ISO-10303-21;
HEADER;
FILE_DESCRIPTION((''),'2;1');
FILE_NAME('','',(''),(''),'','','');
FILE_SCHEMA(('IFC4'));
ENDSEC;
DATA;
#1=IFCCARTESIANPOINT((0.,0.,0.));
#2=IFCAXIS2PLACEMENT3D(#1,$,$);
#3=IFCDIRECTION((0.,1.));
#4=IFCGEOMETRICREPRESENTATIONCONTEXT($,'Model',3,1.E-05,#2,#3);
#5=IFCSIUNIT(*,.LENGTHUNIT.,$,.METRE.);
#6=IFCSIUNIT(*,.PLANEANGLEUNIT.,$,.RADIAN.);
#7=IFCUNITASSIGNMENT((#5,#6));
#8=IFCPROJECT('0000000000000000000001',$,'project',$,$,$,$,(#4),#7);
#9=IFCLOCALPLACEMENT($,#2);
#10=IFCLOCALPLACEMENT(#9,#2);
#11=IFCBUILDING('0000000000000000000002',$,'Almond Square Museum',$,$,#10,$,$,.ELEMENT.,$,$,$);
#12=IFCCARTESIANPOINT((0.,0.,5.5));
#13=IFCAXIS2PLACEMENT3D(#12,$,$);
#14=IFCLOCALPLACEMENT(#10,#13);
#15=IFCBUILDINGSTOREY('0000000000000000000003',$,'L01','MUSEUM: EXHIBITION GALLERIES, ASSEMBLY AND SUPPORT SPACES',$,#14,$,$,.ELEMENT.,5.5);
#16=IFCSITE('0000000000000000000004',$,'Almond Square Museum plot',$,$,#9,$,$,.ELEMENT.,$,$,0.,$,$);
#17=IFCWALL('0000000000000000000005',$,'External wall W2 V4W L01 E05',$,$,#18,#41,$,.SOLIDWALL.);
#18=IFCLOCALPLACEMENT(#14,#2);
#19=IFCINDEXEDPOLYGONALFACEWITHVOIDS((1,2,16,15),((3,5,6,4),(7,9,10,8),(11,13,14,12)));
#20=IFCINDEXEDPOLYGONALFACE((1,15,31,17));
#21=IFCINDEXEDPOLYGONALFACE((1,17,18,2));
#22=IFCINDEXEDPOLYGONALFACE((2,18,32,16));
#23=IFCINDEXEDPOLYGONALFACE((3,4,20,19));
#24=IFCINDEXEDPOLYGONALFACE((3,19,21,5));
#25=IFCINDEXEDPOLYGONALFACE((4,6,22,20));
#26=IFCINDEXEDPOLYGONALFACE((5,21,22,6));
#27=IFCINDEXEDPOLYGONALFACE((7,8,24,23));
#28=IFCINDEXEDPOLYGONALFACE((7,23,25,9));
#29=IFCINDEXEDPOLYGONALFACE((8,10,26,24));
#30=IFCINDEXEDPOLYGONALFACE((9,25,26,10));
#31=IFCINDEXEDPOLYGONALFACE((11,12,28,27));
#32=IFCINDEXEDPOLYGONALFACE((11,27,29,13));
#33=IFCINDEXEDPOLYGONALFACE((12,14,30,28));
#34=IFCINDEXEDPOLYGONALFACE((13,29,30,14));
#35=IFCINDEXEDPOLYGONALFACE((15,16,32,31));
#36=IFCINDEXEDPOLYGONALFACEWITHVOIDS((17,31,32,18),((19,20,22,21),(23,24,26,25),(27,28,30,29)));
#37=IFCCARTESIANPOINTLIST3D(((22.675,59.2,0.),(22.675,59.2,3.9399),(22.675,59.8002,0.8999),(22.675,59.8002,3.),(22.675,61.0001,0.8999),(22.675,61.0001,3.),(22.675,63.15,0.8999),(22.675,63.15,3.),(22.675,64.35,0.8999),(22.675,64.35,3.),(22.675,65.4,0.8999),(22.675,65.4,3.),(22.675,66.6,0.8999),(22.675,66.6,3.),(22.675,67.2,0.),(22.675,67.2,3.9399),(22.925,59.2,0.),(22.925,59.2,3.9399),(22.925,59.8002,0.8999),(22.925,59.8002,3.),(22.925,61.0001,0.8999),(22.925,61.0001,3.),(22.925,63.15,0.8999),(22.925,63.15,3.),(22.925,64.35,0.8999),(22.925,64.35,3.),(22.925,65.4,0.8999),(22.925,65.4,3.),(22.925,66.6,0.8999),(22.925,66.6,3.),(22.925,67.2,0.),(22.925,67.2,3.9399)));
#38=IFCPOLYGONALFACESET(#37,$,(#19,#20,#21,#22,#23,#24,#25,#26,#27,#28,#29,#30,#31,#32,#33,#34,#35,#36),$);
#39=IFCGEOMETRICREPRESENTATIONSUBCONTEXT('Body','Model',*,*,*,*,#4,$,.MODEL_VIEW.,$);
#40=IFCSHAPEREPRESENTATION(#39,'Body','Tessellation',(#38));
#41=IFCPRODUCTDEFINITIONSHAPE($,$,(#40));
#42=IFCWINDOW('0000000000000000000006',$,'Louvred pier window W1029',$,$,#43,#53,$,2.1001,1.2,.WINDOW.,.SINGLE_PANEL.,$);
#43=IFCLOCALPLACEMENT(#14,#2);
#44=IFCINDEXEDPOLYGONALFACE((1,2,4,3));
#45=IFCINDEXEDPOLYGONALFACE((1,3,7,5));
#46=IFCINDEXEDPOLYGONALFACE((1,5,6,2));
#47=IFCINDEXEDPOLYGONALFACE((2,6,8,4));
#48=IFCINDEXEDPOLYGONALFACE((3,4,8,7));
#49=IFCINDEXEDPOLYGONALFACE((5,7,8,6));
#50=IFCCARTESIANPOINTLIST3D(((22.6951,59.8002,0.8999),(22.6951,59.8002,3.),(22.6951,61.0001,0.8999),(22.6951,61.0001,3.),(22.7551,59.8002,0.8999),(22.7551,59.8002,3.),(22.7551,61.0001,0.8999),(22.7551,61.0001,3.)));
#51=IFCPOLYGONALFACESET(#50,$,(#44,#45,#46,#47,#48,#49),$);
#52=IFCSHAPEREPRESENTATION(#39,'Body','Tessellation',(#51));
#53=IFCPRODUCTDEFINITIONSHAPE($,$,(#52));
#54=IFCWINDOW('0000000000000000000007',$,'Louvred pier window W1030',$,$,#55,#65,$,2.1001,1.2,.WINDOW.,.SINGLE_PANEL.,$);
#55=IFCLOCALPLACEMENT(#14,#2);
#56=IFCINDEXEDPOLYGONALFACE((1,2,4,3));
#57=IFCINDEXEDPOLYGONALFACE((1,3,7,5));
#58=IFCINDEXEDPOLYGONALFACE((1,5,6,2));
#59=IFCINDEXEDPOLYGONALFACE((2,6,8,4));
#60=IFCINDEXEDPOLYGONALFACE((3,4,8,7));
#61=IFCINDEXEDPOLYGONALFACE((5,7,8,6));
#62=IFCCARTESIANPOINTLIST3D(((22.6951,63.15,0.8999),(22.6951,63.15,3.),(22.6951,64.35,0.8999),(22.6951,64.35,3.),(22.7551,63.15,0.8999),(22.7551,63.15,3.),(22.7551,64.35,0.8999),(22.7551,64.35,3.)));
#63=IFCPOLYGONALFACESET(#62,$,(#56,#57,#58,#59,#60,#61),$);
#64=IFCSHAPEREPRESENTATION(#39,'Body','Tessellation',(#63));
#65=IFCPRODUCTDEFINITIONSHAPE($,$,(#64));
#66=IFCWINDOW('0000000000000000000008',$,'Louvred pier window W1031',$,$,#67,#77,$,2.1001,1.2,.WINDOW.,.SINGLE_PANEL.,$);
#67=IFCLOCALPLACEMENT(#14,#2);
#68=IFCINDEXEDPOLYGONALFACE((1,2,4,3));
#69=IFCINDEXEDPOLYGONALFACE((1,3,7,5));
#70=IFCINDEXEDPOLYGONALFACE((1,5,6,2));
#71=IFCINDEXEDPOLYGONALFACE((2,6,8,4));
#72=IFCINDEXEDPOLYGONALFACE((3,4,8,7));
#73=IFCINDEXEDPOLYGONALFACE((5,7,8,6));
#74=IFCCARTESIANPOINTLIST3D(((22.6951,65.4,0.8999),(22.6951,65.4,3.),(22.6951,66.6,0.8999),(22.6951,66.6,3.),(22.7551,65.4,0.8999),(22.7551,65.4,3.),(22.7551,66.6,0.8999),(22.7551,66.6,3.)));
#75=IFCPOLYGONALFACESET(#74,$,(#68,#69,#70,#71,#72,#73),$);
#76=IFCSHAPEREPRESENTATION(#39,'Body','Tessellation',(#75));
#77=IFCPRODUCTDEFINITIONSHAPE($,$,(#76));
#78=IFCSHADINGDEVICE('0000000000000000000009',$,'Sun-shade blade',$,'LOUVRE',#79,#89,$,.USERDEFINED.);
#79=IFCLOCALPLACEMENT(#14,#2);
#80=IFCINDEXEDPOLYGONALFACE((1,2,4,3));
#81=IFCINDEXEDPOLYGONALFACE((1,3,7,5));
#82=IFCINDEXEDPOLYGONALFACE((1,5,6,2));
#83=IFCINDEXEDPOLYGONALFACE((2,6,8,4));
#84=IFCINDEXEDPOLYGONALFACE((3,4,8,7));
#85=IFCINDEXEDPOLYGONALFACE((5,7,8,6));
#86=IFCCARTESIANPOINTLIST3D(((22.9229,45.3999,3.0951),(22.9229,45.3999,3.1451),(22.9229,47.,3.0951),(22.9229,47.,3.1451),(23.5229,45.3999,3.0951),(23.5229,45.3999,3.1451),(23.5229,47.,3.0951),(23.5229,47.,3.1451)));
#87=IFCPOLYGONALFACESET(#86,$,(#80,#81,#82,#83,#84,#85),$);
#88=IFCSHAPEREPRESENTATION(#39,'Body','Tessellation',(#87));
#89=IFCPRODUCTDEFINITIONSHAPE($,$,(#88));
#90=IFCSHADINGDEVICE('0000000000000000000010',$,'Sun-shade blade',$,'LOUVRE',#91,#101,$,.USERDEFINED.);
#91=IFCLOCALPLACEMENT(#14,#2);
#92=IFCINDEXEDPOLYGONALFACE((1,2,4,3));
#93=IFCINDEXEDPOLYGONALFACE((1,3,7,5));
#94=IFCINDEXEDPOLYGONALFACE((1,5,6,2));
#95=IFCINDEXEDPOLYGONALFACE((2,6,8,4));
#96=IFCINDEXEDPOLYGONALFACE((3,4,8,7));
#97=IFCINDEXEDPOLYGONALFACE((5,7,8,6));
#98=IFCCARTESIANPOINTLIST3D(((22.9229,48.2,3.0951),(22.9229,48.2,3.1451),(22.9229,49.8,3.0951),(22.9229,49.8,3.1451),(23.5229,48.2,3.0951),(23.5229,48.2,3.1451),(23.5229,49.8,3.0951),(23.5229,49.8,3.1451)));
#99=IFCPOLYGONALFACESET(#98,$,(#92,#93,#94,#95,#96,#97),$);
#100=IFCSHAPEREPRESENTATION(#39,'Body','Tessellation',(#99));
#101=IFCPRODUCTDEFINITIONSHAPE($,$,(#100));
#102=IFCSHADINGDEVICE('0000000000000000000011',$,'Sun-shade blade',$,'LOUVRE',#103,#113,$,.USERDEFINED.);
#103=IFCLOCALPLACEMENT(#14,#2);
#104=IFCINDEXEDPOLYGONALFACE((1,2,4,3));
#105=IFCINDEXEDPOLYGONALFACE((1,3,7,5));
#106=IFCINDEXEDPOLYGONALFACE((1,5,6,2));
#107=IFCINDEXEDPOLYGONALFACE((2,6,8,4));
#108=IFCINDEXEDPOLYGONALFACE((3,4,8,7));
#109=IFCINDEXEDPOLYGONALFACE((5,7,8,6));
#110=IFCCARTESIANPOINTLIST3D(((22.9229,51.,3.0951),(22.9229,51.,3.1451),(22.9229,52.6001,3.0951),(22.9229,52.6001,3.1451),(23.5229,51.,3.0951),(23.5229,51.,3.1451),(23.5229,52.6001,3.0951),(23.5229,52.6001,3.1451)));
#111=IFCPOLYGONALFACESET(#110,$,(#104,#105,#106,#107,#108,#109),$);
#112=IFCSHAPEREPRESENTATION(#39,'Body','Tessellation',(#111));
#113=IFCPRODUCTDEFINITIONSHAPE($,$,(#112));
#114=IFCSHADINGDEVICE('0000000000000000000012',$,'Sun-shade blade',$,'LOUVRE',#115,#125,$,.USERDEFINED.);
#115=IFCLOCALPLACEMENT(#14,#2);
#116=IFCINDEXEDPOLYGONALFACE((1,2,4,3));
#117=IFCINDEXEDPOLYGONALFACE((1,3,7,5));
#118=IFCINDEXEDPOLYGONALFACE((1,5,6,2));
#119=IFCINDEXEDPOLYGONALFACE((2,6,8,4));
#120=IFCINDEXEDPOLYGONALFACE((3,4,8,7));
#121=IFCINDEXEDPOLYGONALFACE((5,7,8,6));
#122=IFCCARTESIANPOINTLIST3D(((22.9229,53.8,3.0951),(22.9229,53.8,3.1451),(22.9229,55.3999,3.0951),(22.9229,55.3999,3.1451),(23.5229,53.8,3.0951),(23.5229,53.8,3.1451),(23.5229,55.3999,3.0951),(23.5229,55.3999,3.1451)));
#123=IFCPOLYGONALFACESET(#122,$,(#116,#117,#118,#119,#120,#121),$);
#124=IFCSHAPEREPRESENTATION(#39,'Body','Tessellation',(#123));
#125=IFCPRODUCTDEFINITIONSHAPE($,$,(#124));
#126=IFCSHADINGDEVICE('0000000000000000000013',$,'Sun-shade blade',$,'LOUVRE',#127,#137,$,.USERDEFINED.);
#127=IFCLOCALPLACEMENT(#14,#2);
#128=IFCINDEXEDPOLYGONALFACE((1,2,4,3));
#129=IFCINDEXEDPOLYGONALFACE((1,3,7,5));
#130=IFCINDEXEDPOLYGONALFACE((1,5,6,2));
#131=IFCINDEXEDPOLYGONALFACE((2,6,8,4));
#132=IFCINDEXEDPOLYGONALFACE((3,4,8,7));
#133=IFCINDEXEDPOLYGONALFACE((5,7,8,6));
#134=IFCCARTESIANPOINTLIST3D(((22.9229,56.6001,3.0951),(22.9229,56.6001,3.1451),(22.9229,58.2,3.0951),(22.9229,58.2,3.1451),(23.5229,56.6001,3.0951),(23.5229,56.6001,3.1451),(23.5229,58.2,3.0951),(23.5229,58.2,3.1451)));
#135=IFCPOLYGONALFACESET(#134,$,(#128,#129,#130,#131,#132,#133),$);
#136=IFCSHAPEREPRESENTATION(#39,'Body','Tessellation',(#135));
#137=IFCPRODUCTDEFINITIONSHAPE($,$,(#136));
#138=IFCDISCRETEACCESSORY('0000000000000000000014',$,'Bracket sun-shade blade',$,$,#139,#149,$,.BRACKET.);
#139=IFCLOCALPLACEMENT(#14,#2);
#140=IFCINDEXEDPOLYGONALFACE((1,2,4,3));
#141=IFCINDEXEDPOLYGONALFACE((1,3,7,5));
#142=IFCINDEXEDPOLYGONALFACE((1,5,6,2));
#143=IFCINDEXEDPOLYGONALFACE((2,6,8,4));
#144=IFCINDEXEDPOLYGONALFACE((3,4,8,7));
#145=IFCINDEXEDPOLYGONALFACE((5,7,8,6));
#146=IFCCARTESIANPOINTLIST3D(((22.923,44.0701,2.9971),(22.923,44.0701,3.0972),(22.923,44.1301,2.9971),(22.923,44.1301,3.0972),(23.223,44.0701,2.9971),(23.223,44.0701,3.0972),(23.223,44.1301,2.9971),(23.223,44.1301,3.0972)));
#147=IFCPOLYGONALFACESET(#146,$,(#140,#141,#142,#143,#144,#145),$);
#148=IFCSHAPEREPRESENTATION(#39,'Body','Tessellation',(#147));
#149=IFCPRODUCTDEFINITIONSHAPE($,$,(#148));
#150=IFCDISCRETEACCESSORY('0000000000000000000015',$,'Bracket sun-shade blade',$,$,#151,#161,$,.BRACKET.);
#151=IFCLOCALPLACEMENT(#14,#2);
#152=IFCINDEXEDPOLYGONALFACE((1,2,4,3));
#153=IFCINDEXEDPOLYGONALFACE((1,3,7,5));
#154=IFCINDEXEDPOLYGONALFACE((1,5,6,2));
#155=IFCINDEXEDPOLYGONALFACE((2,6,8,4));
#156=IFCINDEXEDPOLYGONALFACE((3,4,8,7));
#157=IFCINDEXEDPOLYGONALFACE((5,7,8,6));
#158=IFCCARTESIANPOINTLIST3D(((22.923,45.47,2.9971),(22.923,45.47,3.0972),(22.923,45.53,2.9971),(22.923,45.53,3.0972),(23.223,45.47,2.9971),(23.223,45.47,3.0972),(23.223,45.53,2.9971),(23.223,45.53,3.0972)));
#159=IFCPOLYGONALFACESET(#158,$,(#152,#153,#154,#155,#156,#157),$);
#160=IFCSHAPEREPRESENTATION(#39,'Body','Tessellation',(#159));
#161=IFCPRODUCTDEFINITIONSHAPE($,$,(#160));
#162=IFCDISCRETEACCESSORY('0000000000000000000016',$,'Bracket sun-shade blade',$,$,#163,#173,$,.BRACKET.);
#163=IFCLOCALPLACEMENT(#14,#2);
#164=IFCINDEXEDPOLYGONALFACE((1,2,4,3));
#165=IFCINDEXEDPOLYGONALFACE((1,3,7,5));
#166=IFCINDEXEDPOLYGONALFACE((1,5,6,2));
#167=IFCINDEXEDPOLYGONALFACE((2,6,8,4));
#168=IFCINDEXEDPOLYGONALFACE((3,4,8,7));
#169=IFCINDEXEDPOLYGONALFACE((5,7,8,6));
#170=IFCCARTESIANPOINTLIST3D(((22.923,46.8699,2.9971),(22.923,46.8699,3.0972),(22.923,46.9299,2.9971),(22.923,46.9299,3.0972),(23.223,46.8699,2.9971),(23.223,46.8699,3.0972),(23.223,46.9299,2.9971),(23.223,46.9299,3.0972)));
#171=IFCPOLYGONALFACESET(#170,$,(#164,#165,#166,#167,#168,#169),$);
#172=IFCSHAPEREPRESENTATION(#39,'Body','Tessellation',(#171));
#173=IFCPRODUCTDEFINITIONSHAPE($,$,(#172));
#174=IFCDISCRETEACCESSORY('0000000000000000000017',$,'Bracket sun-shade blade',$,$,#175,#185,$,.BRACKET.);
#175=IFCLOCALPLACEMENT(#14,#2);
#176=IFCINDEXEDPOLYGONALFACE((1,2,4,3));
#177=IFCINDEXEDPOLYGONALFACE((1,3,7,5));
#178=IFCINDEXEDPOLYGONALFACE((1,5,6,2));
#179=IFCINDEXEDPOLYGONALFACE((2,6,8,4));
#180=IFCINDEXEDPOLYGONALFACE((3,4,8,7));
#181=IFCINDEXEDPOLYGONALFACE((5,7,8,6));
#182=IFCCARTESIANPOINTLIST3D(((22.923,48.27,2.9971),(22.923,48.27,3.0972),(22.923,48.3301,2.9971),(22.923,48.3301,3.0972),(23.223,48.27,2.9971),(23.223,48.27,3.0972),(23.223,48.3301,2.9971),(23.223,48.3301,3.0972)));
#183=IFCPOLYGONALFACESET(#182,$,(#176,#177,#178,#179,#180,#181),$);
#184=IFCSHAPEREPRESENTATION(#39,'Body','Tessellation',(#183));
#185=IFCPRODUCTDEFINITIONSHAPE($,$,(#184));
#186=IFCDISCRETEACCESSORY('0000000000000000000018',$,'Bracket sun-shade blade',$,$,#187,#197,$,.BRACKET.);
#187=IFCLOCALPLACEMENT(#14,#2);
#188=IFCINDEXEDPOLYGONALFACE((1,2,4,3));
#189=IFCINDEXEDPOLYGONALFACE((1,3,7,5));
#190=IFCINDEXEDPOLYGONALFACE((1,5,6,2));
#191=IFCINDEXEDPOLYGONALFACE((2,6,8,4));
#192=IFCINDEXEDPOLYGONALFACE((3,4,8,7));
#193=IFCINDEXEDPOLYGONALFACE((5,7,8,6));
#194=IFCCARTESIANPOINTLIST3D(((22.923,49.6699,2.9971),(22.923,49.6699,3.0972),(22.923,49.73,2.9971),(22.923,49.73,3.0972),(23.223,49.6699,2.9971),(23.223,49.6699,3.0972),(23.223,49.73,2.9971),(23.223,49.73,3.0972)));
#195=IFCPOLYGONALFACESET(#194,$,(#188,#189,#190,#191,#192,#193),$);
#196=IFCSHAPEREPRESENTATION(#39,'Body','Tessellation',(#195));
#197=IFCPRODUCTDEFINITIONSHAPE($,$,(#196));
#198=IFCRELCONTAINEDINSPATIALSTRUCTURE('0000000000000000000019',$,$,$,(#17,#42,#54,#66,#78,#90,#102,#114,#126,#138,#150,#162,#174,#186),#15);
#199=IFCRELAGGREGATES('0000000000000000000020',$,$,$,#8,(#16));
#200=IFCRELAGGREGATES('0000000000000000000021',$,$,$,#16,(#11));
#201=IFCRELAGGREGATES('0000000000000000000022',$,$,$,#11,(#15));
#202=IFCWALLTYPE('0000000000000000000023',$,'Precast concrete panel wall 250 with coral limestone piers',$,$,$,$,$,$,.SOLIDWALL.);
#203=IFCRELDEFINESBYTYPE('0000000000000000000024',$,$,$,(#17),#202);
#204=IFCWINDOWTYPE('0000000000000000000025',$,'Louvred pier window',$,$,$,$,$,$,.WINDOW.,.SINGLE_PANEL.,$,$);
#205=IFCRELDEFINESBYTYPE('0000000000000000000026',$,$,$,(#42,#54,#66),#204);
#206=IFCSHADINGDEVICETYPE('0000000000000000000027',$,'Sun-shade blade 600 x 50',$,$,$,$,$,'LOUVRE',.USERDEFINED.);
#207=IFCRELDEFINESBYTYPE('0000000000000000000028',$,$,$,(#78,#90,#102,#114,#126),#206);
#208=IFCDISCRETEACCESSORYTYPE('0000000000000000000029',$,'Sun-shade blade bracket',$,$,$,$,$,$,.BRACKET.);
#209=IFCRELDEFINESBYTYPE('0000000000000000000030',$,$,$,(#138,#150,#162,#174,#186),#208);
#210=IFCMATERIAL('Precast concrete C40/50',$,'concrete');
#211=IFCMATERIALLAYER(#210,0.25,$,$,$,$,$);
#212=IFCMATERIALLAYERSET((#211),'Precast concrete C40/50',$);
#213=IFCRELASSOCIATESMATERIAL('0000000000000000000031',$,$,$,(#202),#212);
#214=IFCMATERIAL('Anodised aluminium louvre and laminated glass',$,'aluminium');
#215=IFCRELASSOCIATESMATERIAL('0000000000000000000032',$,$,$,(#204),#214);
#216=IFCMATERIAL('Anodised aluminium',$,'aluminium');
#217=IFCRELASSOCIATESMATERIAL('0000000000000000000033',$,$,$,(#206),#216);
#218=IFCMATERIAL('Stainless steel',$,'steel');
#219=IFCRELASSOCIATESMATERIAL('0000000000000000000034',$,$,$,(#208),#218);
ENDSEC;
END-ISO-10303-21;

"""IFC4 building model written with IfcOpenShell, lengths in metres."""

from ifc_helpers import new_model, si_unit, direction, frame, frame_2d, origin, origin_2d, place, context, subcontext, project, spatial, rectangle, extrude, material, layer, layer_set, material_profile, profile_set, type_object, element, fill, save


model = new_model("IFC4")

# Units and contexts
model_context = context("Model", 3, precision=1e-05, world=origin(), true_north=direction((0.0, 1.0)))
body_context = subcontext(model_context, "Body", "Model", "MODEL_VIEW")
ifc_project = project(units=[si_unit("LENGTHUNIT", "METRE"), si_unit("PLANEANGLEUNIT", "RADIAN")], contexts=[model_context])

# Site, building, storey
site_placement = place(None, origin())
site = spatial("IfcSite", under=ifc_project, at=site_placement, Name="Almond Square Museum plot", CompositionType="ELEMENT", RefElevation=0.0)
building_placement = place(site_placement, origin())
building = spatial("IfcBuilding", under=site, at=building_placement, Name="Almond Square Museum", CompositionType="ELEMENT")
storey_placement = place(building_placement, frame((0.0, 0.0, 5.5)))
storey = spatial("IfcBuildingStorey", under=building, at=storey_placement, Name="L01", Description="MUSEUM: EXHIBITION GALLERIES, ASSEMBLY AND SUPPORT SPACES", CompositionType="ELEMENT", Elevation=5.5)

# Wall, openings, windows
ifc_material_1 = material(Name="Precast concrete C40/50", Category="concrete")
ifc_layer = layer(ifc_material_1, 0.25)
ifc_layer_set = layer_set([ifc_layer], Name="Precast concrete C40/50")
wall_type = type_object("IfcWallType", Name="Precast concrete panel wall 250 with coral limestone piers", PredefinedType="SOLIDWALL", material=ifc_layer_set)
ifc_material_2 = material(Name="Anodised aluminium louvre and laminated glass", Category="aluminium")
window_type = type_object("IfcWindowType", Name="Louvred pier window", PartitioningType="SINGLE_PANEL", PredefinedType="WINDOW", material=ifc_material_2)
wall_1_placement = place(storey_placement, frame((22.8, 59.2, 0.0), z_axis=(0.0, 0.0, 1.0), x_axis=(0.0, 1.0, 0.0)))
wall_1 = element("IfcWall", 1, at=wall_1_placement, inside=storey, type_object=wall_type, Name="External wall W2 V4W L01 E05", PredefinedType="SOLIDWALL", context=body_context, shape_type="SweptSolid", body=[
    extrude(rectangle(XDim=8.0, YDim=0.25, at=frame_2d((4.0, 0.0))), origin(), (0.0, 0.0, 1.0), 3.9399),
])
opening_1_placement = place(wall_1_placement, frame((0.6001, 0.0, 0.8999)))
opening_1 = element("IfcOpeningElement", 2, at=opening_1_placement, cuts=wall_1, PredefinedType="OPENING", context=body_context, shape_type="SweptSolid", body=[
    extrude(rectangle(XDim=1.2, YDim=2.1001, at=frame_2d((0.6001, 1.05))), frame((0.0, 0.135, 0.0), z_axis=(0.0, -1.0, 0.0), x_axis=(1.0, 0.0, 0.0)), (0.0, 0.0, 1.0), 0.27),
])
opening_2_placement = place(wall_1_placement, frame((3.95, 0.0, 0.8999)))
opening_2 = element("IfcOpeningElement", 3, at=opening_2_placement, cuts=wall_1, PredefinedType="OPENING", context=body_context, shape_type="SweptSolid", body=[
    extrude(rectangle(XDim=1.2, YDim=2.1001, at=frame_2d((0.6001, 1.05))), frame((0.0, 0.135, 0.0), z_axis=(0.0, -1.0, 0.0), x_axis=(1.0, 0.0, 0.0)), (0.0, 0.0, 1.0), 0.27),
])
opening_3_placement = place(wall_1_placement, frame((6.2, 0.0, 0.8999)))
opening_3 = element("IfcOpeningElement", 4, at=opening_3_placement, cuts=wall_1, PredefinedType="OPENING", context=body_context, shape_type="SweptSolid", body=[
    extrude(rectangle(XDim=1.2, YDim=2.1001, at=frame_2d((0.6001, 1.05))), frame((0.0, 0.135, 0.0), z_axis=(0.0, -1.0, 0.0), x_axis=(1.0, 0.0, 0.0)), (0.0, 0.0, 1.0), 0.27),
])
window_1_placement = place(opening_1_placement, origin())
window_1 = element("IfcWindow", 5, at=window_1_placement, inside=storey, type_object=window_type, Name="Louvred pier window W1029", OverallHeight=2.1001, OverallWidth=1.2, PartitioningType="SINGLE_PANEL", PredefinedType="WINDOW", context=body_context, shape_type="SweptSolid", body=[
    extrude(rectangle(XDim=1.2, YDim=2.1001, at=frame_2d((0.6001, 1.05))), frame((0.0, 0.105, 0.0), z_axis=(0.0, -1.0, 0.0), x_axis=(1.0, 0.0, 0.0)), (0.0, 0.0, 1.0), 0.0601),
])
fill(opening_1, window_1)
window_2_placement = place(opening_2_placement, origin())
window_2 = element("IfcWindow", 6, at=window_2_placement, inside=storey, type_object=window_type, Name="Louvred pier window W1030", OverallHeight=2.1001, OverallWidth=1.2, PartitioningType="SINGLE_PANEL", PredefinedType="WINDOW", context=body_context, shape_type="SweptSolid", body=[
    extrude(rectangle(XDim=1.2, YDim=2.1001, at=frame_2d((0.6001, 1.05))), frame((0.0, 0.105, 0.0), z_axis=(0.0, -1.0, 0.0), x_axis=(1.0, 0.0, 0.0)), (0.0, 0.0, 1.0), 0.0601),
])
fill(opening_2, window_2)
window_3_placement = place(opening_3_placement, origin())
window_3 = element("IfcWindow", 7, at=window_3_placement, inside=storey, type_object=window_type, Name="Louvred pier window W1031", OverallHeight=2.1001, OverallWidth=1.2, PartitioningType="SINGLE_PANEL", PredefinedType="WINDOW", context=body_context, shape_type="SweptSolid", body=[
    extrude(rectangle(XDim=1.2, YDim=2.1001, at=frame_2d((0.6001, 1.05))), frame((0.0, 0.105, 0.0), z_axis=(0.0, -1.0, 0.0), x_axis=(1.0, 0.0, 0.0)), (0.0, 0.0, 1.0), 0.0601),
])
fill(opening_3, window_3)

# Shading devices
ifc_material_3 = material(Name="Anodised aluminium", Category="aluminium")
ifc_material_profile_1 = material_profile(ifc_material_3, rectangle(XDim=0.6001, YDim=0.05, at=origin_2d()))
ifc_profile_set_1 = profile_set([ifc_material_profile_1], Name="Anodised aluminium")
shading_device_type = type_object("IfcShadingDeviceType", Name="Sun-shade blade 600 x 50", ElementType="LOUVRE", PredefinedType="USERDEFINED", material=ifc_profile_set_1)
for number, where, z_axis, x_axis, name in (
    (8, (23.2229, 45.3999, 3.1201), (0.0, 1.0, 0.0), (-1.0, 0.0, 0.0), "Sun-shade blade"),
    (9, (23.2229, 48.2, 3.1201), (0.0, 1.0, 0.0), (-1.0, 0.0, 0.0), "Sun-shade blade"),
    (10, (23.2229, 51.0, 3.1201), (0.0, 1.0, 0.0), (-1.0, 0.0, 0.0), "Sun-shade blade"),
):
    element("IfcShadingDevice", number, at=place(storey_placement, frame(where, z_axis=z_axis, x_axis=x_axis)), inside=storey, type_object=shading_device_type, Name=name, ObjectType="LOUVRE", PredefinedType="USERDEFINED", context=body_context, shape_type="SweptSolid", body=[
        extrude(rectangle(XDim=0.6001, YDim=0.05, at=origin_2d()), origin(), (0.0, 0.0, 1.0), 1.6001),
    ])
for number, where, z_axis, x_axis, name in (
    (11, (23.2229, 53.8, 3.1201), (0.0, 1.0, 0.0), (-1.0, 0.0, 0.0), "Sun-shade blade"),
    (12, (23.2229, 56.6001, 3.1201), (0.0, 1.0, 0.0), (-1.0, 0.0, 0.0), "Sun-shade blade"),
):
    element("IfcShadingDevice", number, at=place(storey_placement, frame(where, z_axis=z_axis, x_axis=x_axis)), inside=storey, type_object=shading_device_type, Name=name, ObjectType="LOUVRE", PredefinedType="USERDEFINED", context=body_context, shape_type="SweptSolid", body=[
        extrude(rectangle(XDim=0.6001, YDim=0.05, at=origin_2d()), origin(), (0.0, 0.0, 1.0), 1.5999),
    ])

# Discrete accessories
ifc_material_4 = material(Name="Stainless steel", Category="steel")
discrete_accessory_type = type_object("IfcDiscreteAccessoryType", Name="Sun-shade blade bracket", PredefinedType="BRACKET", material=ifc_material_4)
for number, where, z_axis, x_axis, name in (
    (13, (23.073, 44.1001, 2.9971), (0.0, 0.0, 1.0), (1.0, 0.0, 0.0), "Bracket sun-shade blade"),
    (14, (23.073, 45.5, 2.9971), (0.0, 0.0, 1.0), (1.0, 0.0, 0.0), "Bracket sun-shade blade"),
    (15, (23.073, 46.8999, 2.9971), (0.0, 0.0, 1.0), (1.0, 0.0, 0.0), "Bracket sun-shade blade"),
    (16, (23.073, 48.3, 2.9971), (0.0, 0.0, 1.0), (1.0, 0.0, 0.0), "Bracket sun-shade blade"),
    (17, (23.073, 49.7, 2.9971), (0.0, 0.0, 1.0), (1.0, 0.0, 0.0), "Bracket sun-shade blade"),
):
    element("IfcDiscreteAccessory", number, at=place(storey_placement, frame(where, z_axis=z_axis, x_axis=x_axis)), inside=storey, type_object=discrete_accessory_type, Name=name, PredefinedType="BRACKET", context=body_context, shape_type="SweptSolid", body=[
        extrude(rectangle(XDim=0.3, YDim=0.0601, at=origin_2d()), origin(), (0.0, 0.0, 1.0), 0.1001),
    ])

save(model, "model.ifc")
